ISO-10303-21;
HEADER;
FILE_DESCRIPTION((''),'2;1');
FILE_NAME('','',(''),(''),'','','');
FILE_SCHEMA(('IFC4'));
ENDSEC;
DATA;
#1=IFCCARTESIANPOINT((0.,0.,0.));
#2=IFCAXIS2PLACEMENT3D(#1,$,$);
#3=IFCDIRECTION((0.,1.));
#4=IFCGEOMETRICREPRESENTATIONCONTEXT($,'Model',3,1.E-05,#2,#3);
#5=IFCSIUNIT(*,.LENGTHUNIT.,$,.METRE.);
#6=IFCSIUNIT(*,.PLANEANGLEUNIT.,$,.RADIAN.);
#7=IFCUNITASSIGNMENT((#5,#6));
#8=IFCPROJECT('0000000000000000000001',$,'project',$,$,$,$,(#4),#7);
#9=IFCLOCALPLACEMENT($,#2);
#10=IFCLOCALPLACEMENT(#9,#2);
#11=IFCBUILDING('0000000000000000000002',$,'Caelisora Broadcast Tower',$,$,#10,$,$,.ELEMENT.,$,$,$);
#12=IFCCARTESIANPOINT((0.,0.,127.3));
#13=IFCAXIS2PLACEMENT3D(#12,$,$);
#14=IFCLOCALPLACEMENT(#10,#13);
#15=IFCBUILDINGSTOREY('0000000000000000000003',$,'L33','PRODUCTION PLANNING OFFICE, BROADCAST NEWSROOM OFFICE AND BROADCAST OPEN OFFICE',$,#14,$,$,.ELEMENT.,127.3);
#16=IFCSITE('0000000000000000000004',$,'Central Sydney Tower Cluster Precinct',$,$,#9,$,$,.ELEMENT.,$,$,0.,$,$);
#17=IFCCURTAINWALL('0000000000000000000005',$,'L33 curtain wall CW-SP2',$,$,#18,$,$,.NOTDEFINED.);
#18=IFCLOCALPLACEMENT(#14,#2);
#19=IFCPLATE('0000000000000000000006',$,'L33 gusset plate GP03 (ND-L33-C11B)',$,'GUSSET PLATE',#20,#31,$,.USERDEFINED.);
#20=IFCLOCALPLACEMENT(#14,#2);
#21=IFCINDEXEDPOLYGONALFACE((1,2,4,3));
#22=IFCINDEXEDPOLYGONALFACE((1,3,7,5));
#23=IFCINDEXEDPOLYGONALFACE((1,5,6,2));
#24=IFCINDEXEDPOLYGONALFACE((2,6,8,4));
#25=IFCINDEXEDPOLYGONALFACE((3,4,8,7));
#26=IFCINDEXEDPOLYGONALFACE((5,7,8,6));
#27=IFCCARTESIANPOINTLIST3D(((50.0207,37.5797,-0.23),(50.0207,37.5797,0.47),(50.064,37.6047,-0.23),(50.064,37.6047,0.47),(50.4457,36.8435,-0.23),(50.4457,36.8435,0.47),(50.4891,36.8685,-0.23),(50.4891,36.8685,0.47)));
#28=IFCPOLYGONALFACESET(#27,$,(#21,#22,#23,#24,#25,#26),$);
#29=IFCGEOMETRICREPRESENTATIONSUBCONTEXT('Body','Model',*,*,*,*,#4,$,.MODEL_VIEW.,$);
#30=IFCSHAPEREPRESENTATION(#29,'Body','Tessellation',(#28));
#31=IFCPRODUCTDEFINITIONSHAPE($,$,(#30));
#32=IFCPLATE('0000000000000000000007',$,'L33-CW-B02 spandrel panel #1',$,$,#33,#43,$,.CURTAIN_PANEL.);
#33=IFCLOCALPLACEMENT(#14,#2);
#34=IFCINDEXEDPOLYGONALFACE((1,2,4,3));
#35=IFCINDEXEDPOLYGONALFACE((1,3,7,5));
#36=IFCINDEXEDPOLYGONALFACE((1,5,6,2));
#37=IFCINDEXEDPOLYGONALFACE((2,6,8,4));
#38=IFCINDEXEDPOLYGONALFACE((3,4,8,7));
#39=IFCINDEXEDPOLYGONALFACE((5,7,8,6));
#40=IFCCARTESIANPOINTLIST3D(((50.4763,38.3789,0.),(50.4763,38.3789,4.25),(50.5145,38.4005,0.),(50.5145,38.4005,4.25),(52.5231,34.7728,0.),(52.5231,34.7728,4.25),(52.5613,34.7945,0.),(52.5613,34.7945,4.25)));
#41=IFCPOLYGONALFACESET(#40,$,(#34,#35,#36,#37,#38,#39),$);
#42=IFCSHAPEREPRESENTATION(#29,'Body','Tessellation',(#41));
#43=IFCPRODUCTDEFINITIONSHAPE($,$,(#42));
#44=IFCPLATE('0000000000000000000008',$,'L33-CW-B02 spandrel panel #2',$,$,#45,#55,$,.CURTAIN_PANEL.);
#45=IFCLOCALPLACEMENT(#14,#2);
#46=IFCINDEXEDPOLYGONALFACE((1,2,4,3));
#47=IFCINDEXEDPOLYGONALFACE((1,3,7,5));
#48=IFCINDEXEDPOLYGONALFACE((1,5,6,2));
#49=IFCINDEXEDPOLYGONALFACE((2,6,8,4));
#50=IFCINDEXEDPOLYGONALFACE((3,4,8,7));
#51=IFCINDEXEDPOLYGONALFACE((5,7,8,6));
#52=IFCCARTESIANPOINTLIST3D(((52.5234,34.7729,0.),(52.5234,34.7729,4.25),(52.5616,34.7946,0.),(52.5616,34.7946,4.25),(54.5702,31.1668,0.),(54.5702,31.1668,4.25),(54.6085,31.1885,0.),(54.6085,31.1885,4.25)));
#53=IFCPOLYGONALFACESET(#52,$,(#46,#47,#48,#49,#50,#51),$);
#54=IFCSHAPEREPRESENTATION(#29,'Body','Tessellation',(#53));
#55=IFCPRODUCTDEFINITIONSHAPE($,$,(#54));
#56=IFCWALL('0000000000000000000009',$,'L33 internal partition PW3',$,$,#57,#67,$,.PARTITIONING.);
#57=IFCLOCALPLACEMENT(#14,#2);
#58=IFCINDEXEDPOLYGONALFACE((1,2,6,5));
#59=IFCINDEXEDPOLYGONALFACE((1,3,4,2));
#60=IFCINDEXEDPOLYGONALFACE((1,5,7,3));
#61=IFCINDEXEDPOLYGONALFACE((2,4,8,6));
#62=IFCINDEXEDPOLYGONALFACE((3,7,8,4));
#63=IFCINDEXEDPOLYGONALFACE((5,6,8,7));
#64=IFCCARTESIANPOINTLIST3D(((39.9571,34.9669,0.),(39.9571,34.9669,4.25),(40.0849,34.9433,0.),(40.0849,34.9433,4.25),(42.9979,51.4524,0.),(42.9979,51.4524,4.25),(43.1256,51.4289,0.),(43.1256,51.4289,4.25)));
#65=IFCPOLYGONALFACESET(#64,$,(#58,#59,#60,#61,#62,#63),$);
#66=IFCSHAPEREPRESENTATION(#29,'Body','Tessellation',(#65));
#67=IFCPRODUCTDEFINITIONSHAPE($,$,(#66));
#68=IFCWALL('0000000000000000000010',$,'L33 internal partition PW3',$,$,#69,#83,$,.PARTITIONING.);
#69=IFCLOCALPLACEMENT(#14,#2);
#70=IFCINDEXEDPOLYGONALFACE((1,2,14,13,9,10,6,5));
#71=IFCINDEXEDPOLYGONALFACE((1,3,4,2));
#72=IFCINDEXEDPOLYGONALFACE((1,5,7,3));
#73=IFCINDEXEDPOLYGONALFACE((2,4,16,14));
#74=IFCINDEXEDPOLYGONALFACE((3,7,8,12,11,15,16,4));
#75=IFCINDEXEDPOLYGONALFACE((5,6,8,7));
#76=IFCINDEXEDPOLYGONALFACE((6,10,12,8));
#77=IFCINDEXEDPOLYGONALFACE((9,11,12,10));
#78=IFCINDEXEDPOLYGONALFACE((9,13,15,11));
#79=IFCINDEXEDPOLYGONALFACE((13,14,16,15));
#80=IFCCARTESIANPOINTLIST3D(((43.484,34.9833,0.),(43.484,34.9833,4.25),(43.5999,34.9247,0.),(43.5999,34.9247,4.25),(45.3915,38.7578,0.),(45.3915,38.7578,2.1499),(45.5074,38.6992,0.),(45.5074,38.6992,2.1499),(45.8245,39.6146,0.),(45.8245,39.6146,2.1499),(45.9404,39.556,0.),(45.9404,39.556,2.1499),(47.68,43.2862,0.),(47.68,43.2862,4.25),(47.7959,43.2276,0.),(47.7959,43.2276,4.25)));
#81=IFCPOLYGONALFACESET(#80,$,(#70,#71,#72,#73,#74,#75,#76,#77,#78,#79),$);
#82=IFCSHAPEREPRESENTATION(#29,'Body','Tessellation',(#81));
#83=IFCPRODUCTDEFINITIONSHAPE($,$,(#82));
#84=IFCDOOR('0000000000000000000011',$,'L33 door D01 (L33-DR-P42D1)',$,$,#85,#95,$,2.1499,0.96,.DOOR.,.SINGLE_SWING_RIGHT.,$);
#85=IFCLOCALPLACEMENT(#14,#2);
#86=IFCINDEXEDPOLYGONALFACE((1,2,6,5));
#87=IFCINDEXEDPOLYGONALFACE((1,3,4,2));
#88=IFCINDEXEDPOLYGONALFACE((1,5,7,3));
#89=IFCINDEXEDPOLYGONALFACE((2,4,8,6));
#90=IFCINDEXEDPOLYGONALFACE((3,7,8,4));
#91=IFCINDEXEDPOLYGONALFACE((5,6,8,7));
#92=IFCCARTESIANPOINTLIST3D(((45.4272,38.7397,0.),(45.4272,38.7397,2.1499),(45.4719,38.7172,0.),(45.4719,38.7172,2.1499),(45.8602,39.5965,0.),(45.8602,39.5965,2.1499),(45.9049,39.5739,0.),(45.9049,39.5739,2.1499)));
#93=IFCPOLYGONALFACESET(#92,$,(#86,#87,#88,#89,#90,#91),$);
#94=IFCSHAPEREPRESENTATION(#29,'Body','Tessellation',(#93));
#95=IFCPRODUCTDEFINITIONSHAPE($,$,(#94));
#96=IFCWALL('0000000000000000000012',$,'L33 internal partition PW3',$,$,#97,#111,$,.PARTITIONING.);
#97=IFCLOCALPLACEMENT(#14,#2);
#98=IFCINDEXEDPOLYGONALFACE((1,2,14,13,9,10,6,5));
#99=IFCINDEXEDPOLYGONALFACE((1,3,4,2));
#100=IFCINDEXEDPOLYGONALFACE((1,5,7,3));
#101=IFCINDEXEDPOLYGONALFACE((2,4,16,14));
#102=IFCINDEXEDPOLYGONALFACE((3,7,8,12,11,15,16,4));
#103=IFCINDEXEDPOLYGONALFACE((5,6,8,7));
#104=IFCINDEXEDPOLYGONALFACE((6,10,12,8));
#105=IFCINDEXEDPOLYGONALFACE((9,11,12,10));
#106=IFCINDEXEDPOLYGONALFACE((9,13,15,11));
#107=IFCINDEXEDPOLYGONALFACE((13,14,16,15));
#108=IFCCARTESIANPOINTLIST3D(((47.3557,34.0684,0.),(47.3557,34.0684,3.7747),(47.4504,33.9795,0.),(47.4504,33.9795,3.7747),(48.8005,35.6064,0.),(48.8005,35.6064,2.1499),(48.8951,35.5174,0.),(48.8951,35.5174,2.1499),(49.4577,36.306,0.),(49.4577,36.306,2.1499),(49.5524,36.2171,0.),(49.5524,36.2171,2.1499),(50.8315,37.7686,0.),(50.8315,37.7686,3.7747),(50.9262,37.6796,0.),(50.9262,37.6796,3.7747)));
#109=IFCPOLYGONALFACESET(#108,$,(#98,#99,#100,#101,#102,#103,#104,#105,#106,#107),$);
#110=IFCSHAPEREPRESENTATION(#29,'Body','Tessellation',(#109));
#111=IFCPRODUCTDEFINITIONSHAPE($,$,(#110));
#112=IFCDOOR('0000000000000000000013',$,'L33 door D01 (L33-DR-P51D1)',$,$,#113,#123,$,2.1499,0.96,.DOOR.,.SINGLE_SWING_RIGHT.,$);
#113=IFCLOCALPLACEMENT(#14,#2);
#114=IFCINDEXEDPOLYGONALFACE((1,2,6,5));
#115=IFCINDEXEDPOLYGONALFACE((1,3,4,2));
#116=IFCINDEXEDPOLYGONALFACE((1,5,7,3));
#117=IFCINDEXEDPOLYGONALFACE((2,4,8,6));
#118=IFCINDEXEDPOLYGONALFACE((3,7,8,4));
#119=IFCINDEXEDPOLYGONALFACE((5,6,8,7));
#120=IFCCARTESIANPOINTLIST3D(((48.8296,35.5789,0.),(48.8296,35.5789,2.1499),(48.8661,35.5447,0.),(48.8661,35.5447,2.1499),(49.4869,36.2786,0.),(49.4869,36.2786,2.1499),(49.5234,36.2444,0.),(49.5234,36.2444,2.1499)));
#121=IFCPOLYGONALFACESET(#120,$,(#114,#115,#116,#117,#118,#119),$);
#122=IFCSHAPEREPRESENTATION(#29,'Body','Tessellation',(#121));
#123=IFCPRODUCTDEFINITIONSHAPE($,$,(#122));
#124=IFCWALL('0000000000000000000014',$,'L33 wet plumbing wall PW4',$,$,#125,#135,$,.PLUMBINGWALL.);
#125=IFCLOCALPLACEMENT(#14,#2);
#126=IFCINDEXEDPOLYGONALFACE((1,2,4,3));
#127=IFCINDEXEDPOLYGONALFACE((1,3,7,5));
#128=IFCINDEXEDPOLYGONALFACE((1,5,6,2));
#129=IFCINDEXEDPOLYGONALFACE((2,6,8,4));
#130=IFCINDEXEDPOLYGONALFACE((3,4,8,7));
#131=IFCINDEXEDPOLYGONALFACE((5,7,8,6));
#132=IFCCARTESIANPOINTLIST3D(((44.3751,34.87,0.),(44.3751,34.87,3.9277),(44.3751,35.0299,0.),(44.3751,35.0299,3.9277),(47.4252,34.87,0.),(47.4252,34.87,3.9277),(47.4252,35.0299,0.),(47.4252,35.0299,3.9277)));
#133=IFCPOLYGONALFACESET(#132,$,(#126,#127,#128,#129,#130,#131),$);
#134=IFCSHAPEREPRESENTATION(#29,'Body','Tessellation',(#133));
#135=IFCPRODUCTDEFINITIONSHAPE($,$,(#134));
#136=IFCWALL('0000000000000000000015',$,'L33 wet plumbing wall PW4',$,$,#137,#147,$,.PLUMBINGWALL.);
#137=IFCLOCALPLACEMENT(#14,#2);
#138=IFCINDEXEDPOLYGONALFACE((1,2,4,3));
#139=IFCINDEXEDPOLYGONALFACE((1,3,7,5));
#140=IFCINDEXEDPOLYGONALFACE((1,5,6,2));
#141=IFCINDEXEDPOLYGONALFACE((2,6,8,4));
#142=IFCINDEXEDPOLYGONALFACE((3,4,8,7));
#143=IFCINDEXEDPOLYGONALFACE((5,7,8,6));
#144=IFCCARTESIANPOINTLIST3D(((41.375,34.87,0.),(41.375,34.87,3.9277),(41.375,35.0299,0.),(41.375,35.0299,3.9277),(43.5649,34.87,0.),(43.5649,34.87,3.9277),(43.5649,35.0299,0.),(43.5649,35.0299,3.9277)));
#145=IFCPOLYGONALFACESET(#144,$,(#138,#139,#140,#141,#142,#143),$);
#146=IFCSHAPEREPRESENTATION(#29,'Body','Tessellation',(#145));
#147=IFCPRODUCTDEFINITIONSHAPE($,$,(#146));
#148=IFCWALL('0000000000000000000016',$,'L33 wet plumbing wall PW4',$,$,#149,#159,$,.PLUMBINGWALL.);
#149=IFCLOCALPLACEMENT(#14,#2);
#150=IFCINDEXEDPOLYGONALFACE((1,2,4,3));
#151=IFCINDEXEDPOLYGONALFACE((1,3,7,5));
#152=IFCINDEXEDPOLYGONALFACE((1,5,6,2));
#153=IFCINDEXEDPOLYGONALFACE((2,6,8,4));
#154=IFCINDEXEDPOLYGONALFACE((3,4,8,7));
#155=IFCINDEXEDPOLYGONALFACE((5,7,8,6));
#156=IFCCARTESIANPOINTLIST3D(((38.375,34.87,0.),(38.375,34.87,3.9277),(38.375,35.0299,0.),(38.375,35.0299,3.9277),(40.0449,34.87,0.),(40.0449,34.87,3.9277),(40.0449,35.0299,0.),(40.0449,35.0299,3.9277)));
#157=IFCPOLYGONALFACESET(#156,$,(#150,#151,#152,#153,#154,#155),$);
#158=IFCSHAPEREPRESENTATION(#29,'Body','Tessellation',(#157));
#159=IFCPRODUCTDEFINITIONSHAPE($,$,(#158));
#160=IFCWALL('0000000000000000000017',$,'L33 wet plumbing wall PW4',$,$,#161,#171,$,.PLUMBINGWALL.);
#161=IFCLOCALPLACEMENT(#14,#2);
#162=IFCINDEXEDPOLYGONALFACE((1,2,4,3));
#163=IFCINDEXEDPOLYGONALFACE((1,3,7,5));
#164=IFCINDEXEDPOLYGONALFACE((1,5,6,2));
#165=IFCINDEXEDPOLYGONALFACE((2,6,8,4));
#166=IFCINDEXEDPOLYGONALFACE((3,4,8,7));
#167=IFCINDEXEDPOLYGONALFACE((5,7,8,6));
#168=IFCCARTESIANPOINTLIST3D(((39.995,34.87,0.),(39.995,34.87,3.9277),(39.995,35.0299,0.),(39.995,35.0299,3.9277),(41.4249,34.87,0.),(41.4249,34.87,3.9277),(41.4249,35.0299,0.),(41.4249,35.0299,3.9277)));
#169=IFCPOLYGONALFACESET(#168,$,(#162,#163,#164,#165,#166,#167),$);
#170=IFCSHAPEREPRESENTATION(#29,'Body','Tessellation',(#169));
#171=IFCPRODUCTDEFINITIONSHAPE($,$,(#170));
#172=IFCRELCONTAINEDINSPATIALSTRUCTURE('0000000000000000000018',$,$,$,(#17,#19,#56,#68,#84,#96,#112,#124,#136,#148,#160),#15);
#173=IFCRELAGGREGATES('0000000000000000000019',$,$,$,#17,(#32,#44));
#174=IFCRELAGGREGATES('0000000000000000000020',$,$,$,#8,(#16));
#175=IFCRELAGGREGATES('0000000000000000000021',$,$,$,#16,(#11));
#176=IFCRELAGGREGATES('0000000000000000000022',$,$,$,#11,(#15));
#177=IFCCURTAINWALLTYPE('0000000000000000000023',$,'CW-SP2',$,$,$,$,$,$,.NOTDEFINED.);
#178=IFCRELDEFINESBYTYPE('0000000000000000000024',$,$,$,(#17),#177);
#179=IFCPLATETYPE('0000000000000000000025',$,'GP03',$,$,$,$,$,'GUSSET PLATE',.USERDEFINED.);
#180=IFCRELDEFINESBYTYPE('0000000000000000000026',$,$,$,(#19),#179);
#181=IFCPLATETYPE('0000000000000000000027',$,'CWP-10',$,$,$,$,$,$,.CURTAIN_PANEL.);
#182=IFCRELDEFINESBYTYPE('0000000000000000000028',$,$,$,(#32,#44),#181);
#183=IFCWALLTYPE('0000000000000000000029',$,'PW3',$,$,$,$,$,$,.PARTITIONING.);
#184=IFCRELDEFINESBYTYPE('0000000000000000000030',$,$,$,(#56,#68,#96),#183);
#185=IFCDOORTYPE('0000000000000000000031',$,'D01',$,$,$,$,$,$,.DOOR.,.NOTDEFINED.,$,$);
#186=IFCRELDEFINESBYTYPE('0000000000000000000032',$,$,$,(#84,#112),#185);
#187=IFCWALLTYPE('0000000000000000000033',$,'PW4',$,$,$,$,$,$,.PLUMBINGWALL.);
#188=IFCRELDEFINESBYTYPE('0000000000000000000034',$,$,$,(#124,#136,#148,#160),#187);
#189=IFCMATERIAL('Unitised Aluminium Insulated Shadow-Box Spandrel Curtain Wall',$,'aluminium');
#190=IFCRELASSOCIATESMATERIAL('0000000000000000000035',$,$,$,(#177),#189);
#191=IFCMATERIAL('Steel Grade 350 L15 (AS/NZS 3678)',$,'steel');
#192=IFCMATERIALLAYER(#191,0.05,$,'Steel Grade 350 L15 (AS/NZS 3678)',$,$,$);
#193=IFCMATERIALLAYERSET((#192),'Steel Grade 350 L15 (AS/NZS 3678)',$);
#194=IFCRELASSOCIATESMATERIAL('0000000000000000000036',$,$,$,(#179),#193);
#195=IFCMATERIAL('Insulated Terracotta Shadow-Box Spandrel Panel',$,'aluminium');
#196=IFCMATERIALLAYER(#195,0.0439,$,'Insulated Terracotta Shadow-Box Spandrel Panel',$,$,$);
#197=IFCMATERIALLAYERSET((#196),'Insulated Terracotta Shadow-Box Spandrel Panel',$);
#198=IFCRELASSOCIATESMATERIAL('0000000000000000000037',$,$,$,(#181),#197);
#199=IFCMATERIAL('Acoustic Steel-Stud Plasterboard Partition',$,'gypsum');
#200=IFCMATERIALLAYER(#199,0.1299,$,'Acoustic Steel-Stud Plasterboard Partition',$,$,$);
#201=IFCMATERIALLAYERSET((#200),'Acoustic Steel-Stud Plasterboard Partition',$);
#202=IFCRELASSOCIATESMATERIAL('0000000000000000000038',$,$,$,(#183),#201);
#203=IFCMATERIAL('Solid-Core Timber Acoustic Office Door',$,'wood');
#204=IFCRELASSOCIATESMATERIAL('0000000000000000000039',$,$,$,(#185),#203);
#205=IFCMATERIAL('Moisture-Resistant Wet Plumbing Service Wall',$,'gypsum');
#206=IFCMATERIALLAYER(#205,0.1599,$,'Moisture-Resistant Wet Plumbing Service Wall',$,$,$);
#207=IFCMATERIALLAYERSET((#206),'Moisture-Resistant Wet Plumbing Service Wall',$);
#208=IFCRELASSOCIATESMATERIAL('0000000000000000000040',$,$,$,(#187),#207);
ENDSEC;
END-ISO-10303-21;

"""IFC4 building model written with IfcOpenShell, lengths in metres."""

from ifc_helpers import new_model, si_unit, direction, frame, frame_2d, origin, origin_2d, place, context, subcontext, project, spatial, rectangle, extrude, source, transform, mapped, material, layer, layer_set, type_object, type_shapes, element, fill, aggregate, save


model = new_model("IFC4")

# Units and contexts
model_context = context("Model", 3, precision=1e-05, world=origin(), true_north=direction((0.0, 1.0)))
body_context = subcontext(model_context, "Body", "Model", "MODEL_VIEW")
ifc_project = project(units=[si_unit("LENGTHUNIT", "METRE"), si_unit("PLANEANGLEUNIT", "RADIAN")], contexts=[model_context])

# Site, building, storey
site_placement = place(None, origin())
site = spatial("IfcSite", under=ifc_project, at=site_placement, Name="Central Sydney Tower Cluster Precinct", CompositionType="ELEMENT", RefElevation=0.0)
building_placement = place(site_placement, origin())
building = spatial("IfcBuilding", under=site, at=building_placement, Name="Caelisora Broadcast Tower", CompositionType="ELEMENT")
storey_placement = place(building_placement, frame((0.0, 0.0, 127.3)))
storey = spatial("IfcBuildingStorey", under=building, at=storey_placement, Name="L33", Description="PRODUCTION PLANNING OFFICE, BROADCAST NEWSROOM OFFICE AND BROADCAST OPEN OFFICE", CompositionType="ELEMENT", Elevation=127.3)

# Shared definitions
ifc_material_1 = material(Name="Steel Grade 350 L15 (AS/NZS 3678)", Category="steel")

# Curtain wall
ifc_material_2 = material(Name="Unitised Aluminium Insulated Shadow-Box Spandrel Curtain Wall", Category="aluminium")
curtain_wall_type = type_object("IfcCurtainWallType", Name="CW-SP2", PredefinedType="NOTDEFINED", material=ifc_material_2)
curtain_wall_placement = place(storey_placement, origin())
curtain_wall = element("IfcCurtainWall", 1, at=curtain_wall_placement, inside=storey, type_object=curtain_wall_type, Name="L33 curtain wall CW-SP2", PredefinedType="NOTDEFINED")

# Plates
ifc_layer_1 = layer(ifc_material_1, 0.05, Name="Steel Grade 350 L15 (AS/NZS 3678)")
ifc_layer_set_1 = layer_set([ifc_layer_1], Name="Steel Grade 350 L15 (AS/NZS 3678)")
plate_type_1 = type_object("IfcPlateType", Name="GP03", ElementType="GUSSET PLATE", PredefinedType="USERDEFINED", material=ifc_layer_set_1)
shared_shape_1 = source(origin(), body_context, "Body", "SweptSolid", [
    extrude(rectangle(XDim=0.8501, YDim=0.05, at=origin_2d()), origin(), (0.0, 0.0, 1.0), 0.7),
])
type_shapes(plate_type_1, [shared_shape_1])
plate_1_placement = place(storey_placement, frame((50.2549, 37.2241, -0.23), z_axis=(0.0, 0.0, 1.0), x_axis=(-0.5, 0.866025, 0.0)))
element("IfcPlate", 2, at=plate_1_placement, inside=storey, type_object=plate_type_1, Name="L33 gusset plate GP03 (ND-L33-C11B)", ObjectType="GUSSET PLATE", PredefinedType="USERDEFINED", context=body_context, shape_type="MappedRepresentation", body=[
    mapped(shared_shape_1, transform((0.0, 0.0, 0.0), scale=1.0)),
])
ifc_material_3 = material(Name="Insulated Terracotta Shadow-Box Spandrel Panel", Category="aluminium")
ifc_layer_2 = layer(ifc_material_3, 0.0439, Name="Insulated Terracotta Shadow-Box Spandrel Panel")
ifc_layer_set_2 = layer_set([ifc_layer_2], Name="Insulated Terracotta Shadow-Box Spandrel Panel")
plate_type_2 = type_object("IfcPlateType", Name="CWP-10", PredefinedType="CURTAIN_PANEL", material=ifc_layer_set_2)
shared_shape_2 = source(origin(), body_context, "Body", "SweptSolid", [
    extrude(rectangle(XDim=4.1465, YDim=0.0439, at=origin_2d()), origin(), (0.0, 0.0, 1.0), 4.25),
])
type_shapes(plate_type_2, [shared_shape_2])
plate_2_placement = place(storey_placement, frame((51.5188, 36.5867, 0.0), z_axis=(0.0, 0.0, 1.0), x_axis=(0.493638, -0.869667, 0.0)))
plate_2 = element("IfcPlate", 3, at=plate_2_placement, type_object=plate_type_2, Name="L33-CW-B02 spandrel panel #1", PredefinedType="CURTAIN_PANEL", context=body_context, shape_type="MappedRepresentation", body=[
    mapped(shared_shape_2, transform((0.0, 0.0, 0.0), scale=1.0)),
])
plate_3_placement = place(storey_placement, frame((53.5659, 32.9807, 0.0), z_axis=(0.0, 0.0, 1.0), x_axis=(0.493638, -0.869667, 0.0)))
plate_3 = element("IfcPlate", 4, at=plate_3_placement, type_object=plate_type_2, Name="L33-CW-B02 spandrel panel #2", PredefinedType="CURTAIN_PANEL", context=body_context, shape_type="MappedRepresentation", body=[
    mapped(shared_shape_2, transform((0.0, 0.0, 0.0), scale=1.0)),
])
aggregate(curtain_wall, [plate_2, plate_3])

# Wall
ifc_material_4 = material(Name="Acoustic Steel-Stud Plasterboard Partition", Category="gypsum")
ifc_layer_3 = layer(ifc_material_4, 0.1299, Name="Acoustic Steel-Stud Plasterboard Partition")
ifc_layer_set_3 = layer_set([ifc_layer_3], Name="Acoustic Steel-Stud Plasterboard Partition")
wall_type_1 = type_object("IfcWallType", Name="PW3", PredefinedType="PARTITIONING", material=ifc_layer_set_3)
wall_1_placement = place(storey_placement, frame((40.021, 34.9551, 0.0), z_axis=(0.0, 0.0, 1.0), x_axis=(0.18139, 0.983411, 0.0)))
element("IfcWall", 5, at=wall_1_placement, inside=storey, type_object=wall_type_1, Name="L33 internal partition PW3", PredefinedType="PARTITIONING", context=body_context, shape_type="SweptSolid", body=[
    extrude(rectangle(XDim=16.7637, YDim=0.1299, at=frame_2d((8.3818, 0.0))), origin(), (0.0, 0.0, 1.0), 4.25),
])

# Walls, openings, doors
wall_2_placement = place(storey_placement, frame((43.542, 34.9541, 0.0), z_axis=(0.0, 0.0, 1.0), x_axis=(0.451041, 0.892503, 0.0)))
wall_2 = element("IfcWall", 6, at=wall_2_placement, inside=storey, type_object=wall_type_1, Name="L33 internal partition PW3", PredefinedType="PARTITIONING", context=body_context, shape_type="SweptSolid", body=[
    extrude(rectangle(XDim=9.303, YDim=0.1299, at=frame_2d((4.6514, 0.0))), origin(), (0.0, 0.0, 1.0), 4.25),
])
opening_1_placement = place(wall_2_placement, frame((4.229, 0.0, 0.0)))
opening_1 = element("IfcOpeningElement", 7, at=opening_1_placement, cuts=wall_2, PredefinedType="OPENING", context=body_context, shape_type="SweptSolid", body=[
    extrude(rectangle(XDim=0.96, YDim=2.1499, at=frame_2d((0.48, 1.075))), frame((0.0, 0.0769, 0.0), z_axis=(0.0, -1.0, 0.0), x_axis=(1.0, 0.0, 0.0)), (0.0, 0.0, 1.0), 0.1538),
])
ifc_material_5 = material(Name="Solid-Core Timber Acoustic Office Door", Category="wood")
door_type = type_object("IfcDoorType", Name="D01", OperationType="NOTDEFINED", PredefinedType="DOOR", material=ifc_material_5)
door_1_placement = place(opening_1_placement, origin())
door_1 = element("IfcDoor", 8, at=door_1_placement, inside=storey, type_object=door_type, Name="L33 door D01 (L33-DR-P42D1)", OperationType="SINGLE_SWING_RIGHT", OverallHeight=2.1499, OverallWidth=0.96, PredefinedType="DOOR", context=body_context, shape_type="SweptSolid", body=[
    extrude(rectangle(XDim=0.96, YDim=2.1499, at=frame_2d((0.48, 1.075))), frame((0.0, 0.0249, 0.0), z_axis=(0.0, -1.0, 0.0), x_axis=(1.0, 0.0, 0.0)), (0.0, 0.0, 1.0), 0.05),
])
fill(opening_1, door_1)
wall_3_placement = place(storey_placement, frame((47.4031, 34.0239, 0.0), z_axis=(0.0, 0.0, 1.0), x_axis=(0.684664, 0.728859, 0.0)))
wall_3 = element("IfcWall", 9, at=wall_3_placement, inside=storey, type_object=wall_type_1, Name="L33 internal partition PW3", PredefinedType="PARTITIONING", context=body_context, shape_type="SweptSolid", body=[
    extrude(rectangle(XDim=5.0767, YDim=0.1299, at=frame_2d((2.5383, 0.0))), origin(), (0.0, 0.0, 1.0), 3.7747),
])
opening_2_placement = place(wall_3_placement, frame((2.1101, 0.0, 0.0)))
opening_2 = element("IfcOpeningElement", 10, at=opening_2_placement, cuts=wall_3, PredefinedType="OPENING", context=body_context, shape_type="SweptSolid", body=[
    extrude(rectangle(XDim=0.96, YDim=2.1499, at=frame_2d((0.48, 1.075))), frame((0.0, 0.0769, 0.0), z_axis=(0.0, -1.0, 0.0), x_axis=(1.0, 0.0, 0.0)), (0.0, 0.0, 1.0), 0.1538),
])
door_2_placement = place(opening_2_placement, origin())
door_2 = element("IfcDoor", 11, at=door_2_placement, inside=storey, type_object=door_type, Name="L33 door D01 (L33-DR-P51D1)", OperationType="SINGLE_SWING_RIGHT", OverallHeight=2.1499, OverallWidth=0.96, PredefinedType="DOOR", context=body_context, shape_type="SweptSolid", body=[
    extrude(rectangle(XDim=0.96, YDim=2.1499, at=frame_2d((0.48, 1.075))), frame((0.0, 0.0249, 0.0), z_axis=(0.0, -1.0, 0.0), x_axis=(1.0, 0.0, 0.0)), (0.0, 0.0, 1.0), 0.05),
])
fill(opening_2, door_2)

# Walls
ifc_material_6 = material(Name="Moisture-Resistant Wet Plumbing Service Wall", Category="gypsum")
ifc_layer_4 = layer(ifc_material_6, 0.1599, Name="Moisture-Resistant Wet Plumbing Service Wall")
ifc_layer_set_4 = layer_set([ifc_layer_4], Name="Moisture-Resistant Wet Plumbing Service Wall")
wall_type_2 = type_object("IfcWallType", Name="PW4", PredefinedType="PLUMBINGWALL", material=ifc_layer_set_4)
wall_4_placement = place(storey_placement, frame((47.425, 34.95, 0.0), z_axis=(0.0, 0.0, 1.0), x_axis=(-1.0, 0.0, 0.0)))
element("IfcWall", 12, at=wall_4_placement, inside=storey, type_object=wall_type_2, Name="L33 wet plumbing wall PW4", PredefinedType="PLUMBINGWALL", context=body_context, shape_type="SweptSolid", body=[
    extrude(rectangle(XDim=3.05, YDim=0.1599, at=frame_2d((1.5249, 0.0))), origin(), (0.0, 0.0, 1.0), 3.9277),
])
wall_5_placement = place(storey_placement, frame((41.375, 34.95, 0.0), z_axis=(0.0, 0.0, 1.0), x_axis=(1.0, 0.0, 0.0)))
element("IfcWall", 13, at=wall_5_placement, inside=storey, type_object=wall_type_2, Name="L33 wet plumbing wall PW4", PredefinedType="PLUMBINGWALL", context=body_context, shape_type="SweptSolid", body=[
    extrude(rectangle(XDim=2.1899, YDim=0.1599, at=frame_2d((1.095, 0.0))), origin(), (0.0, 0.0, 1.0), 3.9277),
])
wall_6_placement = place(storey_placement, frame((38.375, 34.95, 0.0), z_axis=(0.0, 0.0, 1.0), x_axis=(1.0, 0.0, 0.0)))
element("IfcWall", 14, at=wall_6_placement, inside=storey, type_object=wall_type_2, Name="L33 wet plumbing wall PW4", PredefinedType="PLUMBINGWALL", context=body_context, shape_type="SweptSolid", body=[
    extrude(rectangle(XDim=1.6699, YDim=0.1599, at=frame_2d((0.835, 0.0))), origin(), (0.0, 0.0, 1.0), 3.9277),
])
wall_7_placement = place(storey_placement, frame((39.9951, 34.95, 0.0), z_axis=(0.0, 0.0, 1.0), x_axis=(1.0, 0.0, 0.0)))
element("IfcWall", 15, at=wall_7_placement, inside=storey, type_object=wall_type_2, Name="L33 wet plumbing wall PW4", PredefinedType="PLUMBINGWALL", context=body_context, shape_type="SweptSolid", body=[
    extrude(rectangle(XDim=1.4299, YDim=0.1599, at=frame_2d((0.7148, 0.0))), origin(), (0.0, 0.0, 1.0), 3.9277),
])

save(model, "model.ifc")
